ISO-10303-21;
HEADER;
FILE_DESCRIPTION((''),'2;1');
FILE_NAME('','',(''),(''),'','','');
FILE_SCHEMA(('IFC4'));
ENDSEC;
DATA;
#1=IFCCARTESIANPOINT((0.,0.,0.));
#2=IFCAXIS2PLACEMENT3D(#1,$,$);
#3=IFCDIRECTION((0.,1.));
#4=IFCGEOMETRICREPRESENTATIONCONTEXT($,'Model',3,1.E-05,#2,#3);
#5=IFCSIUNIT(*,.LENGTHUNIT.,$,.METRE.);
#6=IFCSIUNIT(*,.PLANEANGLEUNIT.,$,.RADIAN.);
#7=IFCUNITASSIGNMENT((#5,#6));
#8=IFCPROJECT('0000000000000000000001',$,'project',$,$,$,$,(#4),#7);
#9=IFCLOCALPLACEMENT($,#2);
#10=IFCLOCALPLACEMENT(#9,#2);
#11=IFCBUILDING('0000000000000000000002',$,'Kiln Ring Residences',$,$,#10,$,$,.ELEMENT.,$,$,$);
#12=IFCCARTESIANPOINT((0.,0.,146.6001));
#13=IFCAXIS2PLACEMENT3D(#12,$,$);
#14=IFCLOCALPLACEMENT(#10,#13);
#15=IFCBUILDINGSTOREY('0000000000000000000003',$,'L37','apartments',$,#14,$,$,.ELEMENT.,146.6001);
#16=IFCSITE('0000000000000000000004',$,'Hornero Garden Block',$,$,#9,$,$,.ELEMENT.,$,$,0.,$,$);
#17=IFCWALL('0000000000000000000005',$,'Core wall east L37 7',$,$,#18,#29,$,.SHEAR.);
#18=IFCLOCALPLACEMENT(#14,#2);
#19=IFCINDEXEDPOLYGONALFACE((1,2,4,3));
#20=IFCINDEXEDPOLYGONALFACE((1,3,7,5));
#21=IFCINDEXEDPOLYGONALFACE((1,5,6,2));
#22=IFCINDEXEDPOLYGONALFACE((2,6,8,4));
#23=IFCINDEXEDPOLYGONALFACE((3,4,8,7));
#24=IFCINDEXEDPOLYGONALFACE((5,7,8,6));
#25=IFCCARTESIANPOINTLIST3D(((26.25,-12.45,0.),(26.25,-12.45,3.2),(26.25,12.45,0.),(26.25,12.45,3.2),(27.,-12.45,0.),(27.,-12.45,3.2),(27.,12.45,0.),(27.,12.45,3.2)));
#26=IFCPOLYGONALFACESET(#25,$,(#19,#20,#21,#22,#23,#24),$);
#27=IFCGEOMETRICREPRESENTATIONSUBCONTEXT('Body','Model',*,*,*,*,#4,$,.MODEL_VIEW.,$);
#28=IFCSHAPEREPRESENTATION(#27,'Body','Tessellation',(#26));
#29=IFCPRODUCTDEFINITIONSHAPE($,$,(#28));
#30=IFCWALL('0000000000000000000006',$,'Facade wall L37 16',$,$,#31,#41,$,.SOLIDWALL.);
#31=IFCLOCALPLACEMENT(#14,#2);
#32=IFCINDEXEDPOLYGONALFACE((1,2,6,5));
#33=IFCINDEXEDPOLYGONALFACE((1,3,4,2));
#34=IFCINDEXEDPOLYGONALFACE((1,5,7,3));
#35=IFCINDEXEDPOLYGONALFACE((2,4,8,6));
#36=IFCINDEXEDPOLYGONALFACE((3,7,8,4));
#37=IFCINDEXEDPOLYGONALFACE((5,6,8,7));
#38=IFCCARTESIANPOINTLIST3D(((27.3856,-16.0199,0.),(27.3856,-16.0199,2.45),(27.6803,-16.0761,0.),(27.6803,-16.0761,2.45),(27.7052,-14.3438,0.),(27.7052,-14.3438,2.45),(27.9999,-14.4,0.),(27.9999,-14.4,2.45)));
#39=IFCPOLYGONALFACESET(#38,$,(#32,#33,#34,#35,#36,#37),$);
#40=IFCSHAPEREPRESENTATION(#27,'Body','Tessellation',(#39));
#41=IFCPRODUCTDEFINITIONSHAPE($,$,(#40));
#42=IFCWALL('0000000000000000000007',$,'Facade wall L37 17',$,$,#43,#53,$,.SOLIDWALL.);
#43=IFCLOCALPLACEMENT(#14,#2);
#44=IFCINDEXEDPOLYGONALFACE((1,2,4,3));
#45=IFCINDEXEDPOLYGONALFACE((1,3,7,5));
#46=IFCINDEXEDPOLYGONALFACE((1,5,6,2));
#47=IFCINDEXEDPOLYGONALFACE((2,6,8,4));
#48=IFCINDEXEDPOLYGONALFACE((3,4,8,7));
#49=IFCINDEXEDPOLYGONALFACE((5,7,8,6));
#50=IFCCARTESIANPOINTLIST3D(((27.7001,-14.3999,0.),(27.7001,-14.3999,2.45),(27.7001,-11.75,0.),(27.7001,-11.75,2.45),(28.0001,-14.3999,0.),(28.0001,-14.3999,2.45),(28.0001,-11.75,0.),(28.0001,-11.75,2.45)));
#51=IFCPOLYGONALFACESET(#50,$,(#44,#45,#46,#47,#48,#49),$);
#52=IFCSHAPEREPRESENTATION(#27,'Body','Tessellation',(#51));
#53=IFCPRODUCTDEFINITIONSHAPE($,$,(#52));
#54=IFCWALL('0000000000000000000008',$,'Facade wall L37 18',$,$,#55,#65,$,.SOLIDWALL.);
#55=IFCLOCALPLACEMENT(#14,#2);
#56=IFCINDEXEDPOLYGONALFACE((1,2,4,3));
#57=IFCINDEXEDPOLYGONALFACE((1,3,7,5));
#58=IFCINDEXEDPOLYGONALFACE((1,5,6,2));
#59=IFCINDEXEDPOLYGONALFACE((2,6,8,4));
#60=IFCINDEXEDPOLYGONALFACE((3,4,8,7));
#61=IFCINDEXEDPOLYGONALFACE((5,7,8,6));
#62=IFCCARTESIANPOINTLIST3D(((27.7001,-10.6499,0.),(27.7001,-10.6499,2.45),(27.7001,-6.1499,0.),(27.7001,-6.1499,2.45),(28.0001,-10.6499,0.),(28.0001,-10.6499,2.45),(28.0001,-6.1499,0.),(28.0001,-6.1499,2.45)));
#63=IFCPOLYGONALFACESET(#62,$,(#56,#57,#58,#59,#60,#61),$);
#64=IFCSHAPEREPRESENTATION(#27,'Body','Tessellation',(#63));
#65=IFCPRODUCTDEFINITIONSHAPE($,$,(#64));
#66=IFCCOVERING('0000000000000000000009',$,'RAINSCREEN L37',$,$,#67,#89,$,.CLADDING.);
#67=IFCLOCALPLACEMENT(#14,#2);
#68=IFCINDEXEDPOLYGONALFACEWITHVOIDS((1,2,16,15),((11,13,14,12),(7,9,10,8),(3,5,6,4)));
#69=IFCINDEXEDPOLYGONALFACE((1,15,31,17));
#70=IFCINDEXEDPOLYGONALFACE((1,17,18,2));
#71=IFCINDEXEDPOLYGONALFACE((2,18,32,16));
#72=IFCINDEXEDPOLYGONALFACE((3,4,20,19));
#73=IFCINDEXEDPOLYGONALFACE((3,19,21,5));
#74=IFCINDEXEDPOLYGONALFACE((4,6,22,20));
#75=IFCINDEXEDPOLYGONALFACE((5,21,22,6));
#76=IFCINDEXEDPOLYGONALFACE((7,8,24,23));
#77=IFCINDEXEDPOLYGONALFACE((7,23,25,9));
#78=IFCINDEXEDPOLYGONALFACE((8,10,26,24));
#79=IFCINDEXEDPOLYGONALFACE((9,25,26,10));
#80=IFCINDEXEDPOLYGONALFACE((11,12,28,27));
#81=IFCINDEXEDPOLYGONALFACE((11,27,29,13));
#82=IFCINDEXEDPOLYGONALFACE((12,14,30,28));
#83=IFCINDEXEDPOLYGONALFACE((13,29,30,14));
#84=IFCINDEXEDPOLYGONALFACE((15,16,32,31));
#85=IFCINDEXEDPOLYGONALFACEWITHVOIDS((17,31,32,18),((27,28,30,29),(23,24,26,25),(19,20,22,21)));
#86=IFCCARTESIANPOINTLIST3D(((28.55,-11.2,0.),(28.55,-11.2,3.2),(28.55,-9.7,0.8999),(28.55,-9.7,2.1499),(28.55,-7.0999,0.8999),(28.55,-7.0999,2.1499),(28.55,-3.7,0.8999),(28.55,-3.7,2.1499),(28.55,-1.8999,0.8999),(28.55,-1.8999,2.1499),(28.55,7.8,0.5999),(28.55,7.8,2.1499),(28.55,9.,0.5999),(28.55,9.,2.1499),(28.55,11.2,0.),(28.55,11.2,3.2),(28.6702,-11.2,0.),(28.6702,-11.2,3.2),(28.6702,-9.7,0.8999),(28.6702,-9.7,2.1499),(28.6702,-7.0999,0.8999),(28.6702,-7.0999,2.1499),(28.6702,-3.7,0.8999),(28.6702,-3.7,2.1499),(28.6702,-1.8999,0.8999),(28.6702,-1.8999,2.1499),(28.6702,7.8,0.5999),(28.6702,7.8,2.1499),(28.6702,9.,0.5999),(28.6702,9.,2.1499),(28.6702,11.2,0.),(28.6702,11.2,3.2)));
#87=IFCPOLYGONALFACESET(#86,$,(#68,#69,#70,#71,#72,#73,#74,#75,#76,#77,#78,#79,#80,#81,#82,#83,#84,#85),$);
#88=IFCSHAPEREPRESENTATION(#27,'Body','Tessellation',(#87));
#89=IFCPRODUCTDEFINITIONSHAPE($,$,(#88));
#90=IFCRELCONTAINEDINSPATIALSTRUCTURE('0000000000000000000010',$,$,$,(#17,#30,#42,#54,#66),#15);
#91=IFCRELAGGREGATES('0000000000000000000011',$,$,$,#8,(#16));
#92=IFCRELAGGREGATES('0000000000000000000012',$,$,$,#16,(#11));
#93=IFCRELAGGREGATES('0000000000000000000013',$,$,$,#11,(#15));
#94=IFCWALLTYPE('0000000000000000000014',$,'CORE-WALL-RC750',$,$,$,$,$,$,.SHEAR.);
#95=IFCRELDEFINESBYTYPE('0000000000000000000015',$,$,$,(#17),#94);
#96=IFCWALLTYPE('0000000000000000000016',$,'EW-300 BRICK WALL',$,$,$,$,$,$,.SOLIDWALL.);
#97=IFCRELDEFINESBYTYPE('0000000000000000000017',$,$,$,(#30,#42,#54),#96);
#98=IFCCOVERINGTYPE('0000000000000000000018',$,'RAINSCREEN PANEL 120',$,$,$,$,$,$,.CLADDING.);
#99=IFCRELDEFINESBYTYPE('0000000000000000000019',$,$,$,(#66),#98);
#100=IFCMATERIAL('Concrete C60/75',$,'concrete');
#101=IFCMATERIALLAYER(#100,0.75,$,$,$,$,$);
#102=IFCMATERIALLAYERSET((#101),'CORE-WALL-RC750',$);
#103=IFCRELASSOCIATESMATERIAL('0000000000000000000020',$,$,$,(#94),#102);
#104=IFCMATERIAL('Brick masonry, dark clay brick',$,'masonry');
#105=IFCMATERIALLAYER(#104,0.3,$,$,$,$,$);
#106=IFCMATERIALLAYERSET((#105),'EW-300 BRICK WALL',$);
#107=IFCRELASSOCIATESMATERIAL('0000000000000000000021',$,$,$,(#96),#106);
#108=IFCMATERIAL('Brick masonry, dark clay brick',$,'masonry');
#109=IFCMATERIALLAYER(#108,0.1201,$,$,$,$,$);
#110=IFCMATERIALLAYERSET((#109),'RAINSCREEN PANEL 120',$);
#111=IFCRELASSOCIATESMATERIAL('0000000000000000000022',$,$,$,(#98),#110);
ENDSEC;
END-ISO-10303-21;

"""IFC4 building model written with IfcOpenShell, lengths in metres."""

from ifc_helpers import new_model, si_unit, direction, frame, frame_2d, origin, place, context, subcontext, project, spatial, polyline, rectangle, outline, extrude, material, layer, layer_set, type_object, element, save


model = new_model("IFC4")

# Units and contexts
model_context = context("Model", 3, precision=1e-05, world=origin(), true_north=direction((0.0, 1.0)))
body_context = subcontext(model_context, "Body", "Model", "MODEL_VIEW")
ifc_project = project(units=[si_unit("LENGTHUNIT", "METRE"), si_unit("PLANEANGLEUNIT", "RADIAN")], contexts=[model_context])

# Site, building, storey
site_placement = place(None, origin())
site = spatial("IfcSite", under=ifc_project, at=site_placement, Name="Hornero Garden Block", CompositionType="ELEMENT", RefElevation=0.0)
building_placement = place(site_placement, origin())
building = spatial("IfcBuilding", under=site, at=building_placement, Name="Kiln Ring Residences", CompositionType="ELEMENT")
storey_placement = place(building_placement, frame((0.0, 0.0, 146.6001)))
storey = spatial("IfcBuildingStorey", under=building, at=storey_placement, Name="L37", Description="apartments", CompositionType="ELEMENT", Elevation=146.6001)

# Walls
ifc_material_1 = material(Name="Concrete C60/75", Category="concrete")
ifc_layer_1 = layer(ifc_material_1, 0.75)
ifc_layer_set_1 = layer_set([ifc_layer_1], Name="CORE-WALL-RC750")
wall_type_1 = type_object("IfcWallType", Name="CORE-WALL-RC750", PredefinedType="SHEAR", material=ifc_layer_set_1)
wall_1_placement = place(storey_placement, frame((26.625, -12.45, 0.0), z_axis=(0.0, 0.0, 1.0), x_axis=(0.0, 1.0, 0.0)))
element("IfcWall", 1, at=wall_1_placement, inside=storey, type_object=wall_type_1, Name="Core wall east L37 7", PredefinedType="SHEAR", context=body_context, shape_type="SweptSolid", body=[
    extrude(rectangle(XDim=24.8999, YDim=0.75, at=frame_2d((12.45, 0.0))), origin(), (0.0, 0.0, 1.0), 3.2),
])
ifc_material_2 = material(Name="Brick masonry, dark clay brick", Category="masonry")
ifc_layer_2 = layer(ifc_material_2, 0.3)
ifc_layer_set_2 = layer_set([ifc_layer_2], Name="EW-300 BRICK WALL")
wall_type_2 = type_object("IfcWallType", Name="EW-300 BRICK WALL", PredefinedType="SOLIDWALL", material=ifc_layer_set_2)
wall_2_placement = place(storey_placement, frame((27.533, -16.0479, 0.0), z_axis=(0.0, 0.0, 1.0), x_axis=(0.187303, 0.982302, 0.0)))
element("IfcWall", 2, at=wall_2_placement, inside=storey, type_object=wall_type_2, Name="Facade wall L37 16", PredefinedType="SOLIDWALL", context=body_context, shape_type="SweptSolid", body=[
    extrude(rectangle(XDim=1.7063, YDim=0.3, at=frame_2d((0.853, 0.0))), origin(), (0.0, 0.0, 1.0), 2.45),
])
wall_3_placement = place(storey_placement, frame((27.8501, -14.3999, 0.0), z_axis=(0.0, 0.0, 1.0), x_axis=(0.0, 1.0, 0.0)))
element("IfcWall", 3, at=wall_3_placement, inside=storey, type_object=wall_type_2, Name="Facade wall L37 17", PredefinedType="SOLIDWALL", context=body_context, shape_type="SweptSolid", body=[
    extrude(rectangle(XDim=2.6499, YDim=0.3, at=frame_2d((1.325, 0.0))), origin(), (0.0, 0.0, 1.0), 2.45),
])
wall_4_placement = place(storey_placement, frame((27.8501, -10.6499, 0.0), z_axis=(0.0, 0.0, 1.0), x_axis=(0.0, 1.0, 0.0)))
element("IfcWall", 4, at=wall_4_placement, inside=storey, type_object=wall_type_2, Name="Facade wall L37 18", PredefinedType="SOLIDWALL", context=body_context, shape_type="SweptSolid", body=[
    extrude(rectangle(XDim=4.5, YDim=0.3, at=frame_2d((2.25, 0.0))), origin(), (0.0, 0.0, 1.0), 2.45),
])

# Covering
ifc_material_3 = material(Name="Brick masonry, dark clay brick", Category="masonry")
ifc_layer_3 = layer(ifc_material_3, 0.1201)
ifc_layer_set_3 = layer_set([ifc_layer_3], Name="RAINSCREEN PANEL 120")
covering_type = type_object("IfcCoveringType", Name="RAINSCREEN PANEL 120", PredefinedType="CLADDING", material=ifc_layer_set_3)
covering_placement = place(storey_placement, frame((28.6101, -11.2, 0.0), z_axis=(0.0, 0.0, 1.0), x_axis=(0.0, 1.0, 0.0)))
element("IfcCovering", 5, at=covering_placement, inside=storey, type_object=covering_type, Name="RAINSCREEN L37", PredefinedType="CLADDING", context=body_context, shape_type="SweptSolid", body=[
    extrude(outline(polyline([(0.0, 0.0), (22.3999, 0.0), (22.3999, 3.2), (0.0, 3.2), (0.0, 0.0)]), holes=[polyline([(20.2, 2.1499), (19.0, 2.1499), (19.0, 0.5999), (20.2, 0.5999), (20.2, 2.1499)]), polyline([(4.1001, 0.8999), (4.1001, 2.1499), (1.5, 2.1499), (1.5, 0.8999), (4.1001, 0.8999)]), polyline([(9.3, 0.8999), (9.3, 2.1499), (7.5, 2.1499), (7.5, 0.8999), (9.3, 0.8999)])]), frame((0.0, 0.0601, 0.0), z_axis=(0.0, -1.0, 0.0), x_axis=(1.0, 0.0, 0.0)), (0.0, 0.0, 1.0), 0.1201),
])

save(model, "model.ifc")
